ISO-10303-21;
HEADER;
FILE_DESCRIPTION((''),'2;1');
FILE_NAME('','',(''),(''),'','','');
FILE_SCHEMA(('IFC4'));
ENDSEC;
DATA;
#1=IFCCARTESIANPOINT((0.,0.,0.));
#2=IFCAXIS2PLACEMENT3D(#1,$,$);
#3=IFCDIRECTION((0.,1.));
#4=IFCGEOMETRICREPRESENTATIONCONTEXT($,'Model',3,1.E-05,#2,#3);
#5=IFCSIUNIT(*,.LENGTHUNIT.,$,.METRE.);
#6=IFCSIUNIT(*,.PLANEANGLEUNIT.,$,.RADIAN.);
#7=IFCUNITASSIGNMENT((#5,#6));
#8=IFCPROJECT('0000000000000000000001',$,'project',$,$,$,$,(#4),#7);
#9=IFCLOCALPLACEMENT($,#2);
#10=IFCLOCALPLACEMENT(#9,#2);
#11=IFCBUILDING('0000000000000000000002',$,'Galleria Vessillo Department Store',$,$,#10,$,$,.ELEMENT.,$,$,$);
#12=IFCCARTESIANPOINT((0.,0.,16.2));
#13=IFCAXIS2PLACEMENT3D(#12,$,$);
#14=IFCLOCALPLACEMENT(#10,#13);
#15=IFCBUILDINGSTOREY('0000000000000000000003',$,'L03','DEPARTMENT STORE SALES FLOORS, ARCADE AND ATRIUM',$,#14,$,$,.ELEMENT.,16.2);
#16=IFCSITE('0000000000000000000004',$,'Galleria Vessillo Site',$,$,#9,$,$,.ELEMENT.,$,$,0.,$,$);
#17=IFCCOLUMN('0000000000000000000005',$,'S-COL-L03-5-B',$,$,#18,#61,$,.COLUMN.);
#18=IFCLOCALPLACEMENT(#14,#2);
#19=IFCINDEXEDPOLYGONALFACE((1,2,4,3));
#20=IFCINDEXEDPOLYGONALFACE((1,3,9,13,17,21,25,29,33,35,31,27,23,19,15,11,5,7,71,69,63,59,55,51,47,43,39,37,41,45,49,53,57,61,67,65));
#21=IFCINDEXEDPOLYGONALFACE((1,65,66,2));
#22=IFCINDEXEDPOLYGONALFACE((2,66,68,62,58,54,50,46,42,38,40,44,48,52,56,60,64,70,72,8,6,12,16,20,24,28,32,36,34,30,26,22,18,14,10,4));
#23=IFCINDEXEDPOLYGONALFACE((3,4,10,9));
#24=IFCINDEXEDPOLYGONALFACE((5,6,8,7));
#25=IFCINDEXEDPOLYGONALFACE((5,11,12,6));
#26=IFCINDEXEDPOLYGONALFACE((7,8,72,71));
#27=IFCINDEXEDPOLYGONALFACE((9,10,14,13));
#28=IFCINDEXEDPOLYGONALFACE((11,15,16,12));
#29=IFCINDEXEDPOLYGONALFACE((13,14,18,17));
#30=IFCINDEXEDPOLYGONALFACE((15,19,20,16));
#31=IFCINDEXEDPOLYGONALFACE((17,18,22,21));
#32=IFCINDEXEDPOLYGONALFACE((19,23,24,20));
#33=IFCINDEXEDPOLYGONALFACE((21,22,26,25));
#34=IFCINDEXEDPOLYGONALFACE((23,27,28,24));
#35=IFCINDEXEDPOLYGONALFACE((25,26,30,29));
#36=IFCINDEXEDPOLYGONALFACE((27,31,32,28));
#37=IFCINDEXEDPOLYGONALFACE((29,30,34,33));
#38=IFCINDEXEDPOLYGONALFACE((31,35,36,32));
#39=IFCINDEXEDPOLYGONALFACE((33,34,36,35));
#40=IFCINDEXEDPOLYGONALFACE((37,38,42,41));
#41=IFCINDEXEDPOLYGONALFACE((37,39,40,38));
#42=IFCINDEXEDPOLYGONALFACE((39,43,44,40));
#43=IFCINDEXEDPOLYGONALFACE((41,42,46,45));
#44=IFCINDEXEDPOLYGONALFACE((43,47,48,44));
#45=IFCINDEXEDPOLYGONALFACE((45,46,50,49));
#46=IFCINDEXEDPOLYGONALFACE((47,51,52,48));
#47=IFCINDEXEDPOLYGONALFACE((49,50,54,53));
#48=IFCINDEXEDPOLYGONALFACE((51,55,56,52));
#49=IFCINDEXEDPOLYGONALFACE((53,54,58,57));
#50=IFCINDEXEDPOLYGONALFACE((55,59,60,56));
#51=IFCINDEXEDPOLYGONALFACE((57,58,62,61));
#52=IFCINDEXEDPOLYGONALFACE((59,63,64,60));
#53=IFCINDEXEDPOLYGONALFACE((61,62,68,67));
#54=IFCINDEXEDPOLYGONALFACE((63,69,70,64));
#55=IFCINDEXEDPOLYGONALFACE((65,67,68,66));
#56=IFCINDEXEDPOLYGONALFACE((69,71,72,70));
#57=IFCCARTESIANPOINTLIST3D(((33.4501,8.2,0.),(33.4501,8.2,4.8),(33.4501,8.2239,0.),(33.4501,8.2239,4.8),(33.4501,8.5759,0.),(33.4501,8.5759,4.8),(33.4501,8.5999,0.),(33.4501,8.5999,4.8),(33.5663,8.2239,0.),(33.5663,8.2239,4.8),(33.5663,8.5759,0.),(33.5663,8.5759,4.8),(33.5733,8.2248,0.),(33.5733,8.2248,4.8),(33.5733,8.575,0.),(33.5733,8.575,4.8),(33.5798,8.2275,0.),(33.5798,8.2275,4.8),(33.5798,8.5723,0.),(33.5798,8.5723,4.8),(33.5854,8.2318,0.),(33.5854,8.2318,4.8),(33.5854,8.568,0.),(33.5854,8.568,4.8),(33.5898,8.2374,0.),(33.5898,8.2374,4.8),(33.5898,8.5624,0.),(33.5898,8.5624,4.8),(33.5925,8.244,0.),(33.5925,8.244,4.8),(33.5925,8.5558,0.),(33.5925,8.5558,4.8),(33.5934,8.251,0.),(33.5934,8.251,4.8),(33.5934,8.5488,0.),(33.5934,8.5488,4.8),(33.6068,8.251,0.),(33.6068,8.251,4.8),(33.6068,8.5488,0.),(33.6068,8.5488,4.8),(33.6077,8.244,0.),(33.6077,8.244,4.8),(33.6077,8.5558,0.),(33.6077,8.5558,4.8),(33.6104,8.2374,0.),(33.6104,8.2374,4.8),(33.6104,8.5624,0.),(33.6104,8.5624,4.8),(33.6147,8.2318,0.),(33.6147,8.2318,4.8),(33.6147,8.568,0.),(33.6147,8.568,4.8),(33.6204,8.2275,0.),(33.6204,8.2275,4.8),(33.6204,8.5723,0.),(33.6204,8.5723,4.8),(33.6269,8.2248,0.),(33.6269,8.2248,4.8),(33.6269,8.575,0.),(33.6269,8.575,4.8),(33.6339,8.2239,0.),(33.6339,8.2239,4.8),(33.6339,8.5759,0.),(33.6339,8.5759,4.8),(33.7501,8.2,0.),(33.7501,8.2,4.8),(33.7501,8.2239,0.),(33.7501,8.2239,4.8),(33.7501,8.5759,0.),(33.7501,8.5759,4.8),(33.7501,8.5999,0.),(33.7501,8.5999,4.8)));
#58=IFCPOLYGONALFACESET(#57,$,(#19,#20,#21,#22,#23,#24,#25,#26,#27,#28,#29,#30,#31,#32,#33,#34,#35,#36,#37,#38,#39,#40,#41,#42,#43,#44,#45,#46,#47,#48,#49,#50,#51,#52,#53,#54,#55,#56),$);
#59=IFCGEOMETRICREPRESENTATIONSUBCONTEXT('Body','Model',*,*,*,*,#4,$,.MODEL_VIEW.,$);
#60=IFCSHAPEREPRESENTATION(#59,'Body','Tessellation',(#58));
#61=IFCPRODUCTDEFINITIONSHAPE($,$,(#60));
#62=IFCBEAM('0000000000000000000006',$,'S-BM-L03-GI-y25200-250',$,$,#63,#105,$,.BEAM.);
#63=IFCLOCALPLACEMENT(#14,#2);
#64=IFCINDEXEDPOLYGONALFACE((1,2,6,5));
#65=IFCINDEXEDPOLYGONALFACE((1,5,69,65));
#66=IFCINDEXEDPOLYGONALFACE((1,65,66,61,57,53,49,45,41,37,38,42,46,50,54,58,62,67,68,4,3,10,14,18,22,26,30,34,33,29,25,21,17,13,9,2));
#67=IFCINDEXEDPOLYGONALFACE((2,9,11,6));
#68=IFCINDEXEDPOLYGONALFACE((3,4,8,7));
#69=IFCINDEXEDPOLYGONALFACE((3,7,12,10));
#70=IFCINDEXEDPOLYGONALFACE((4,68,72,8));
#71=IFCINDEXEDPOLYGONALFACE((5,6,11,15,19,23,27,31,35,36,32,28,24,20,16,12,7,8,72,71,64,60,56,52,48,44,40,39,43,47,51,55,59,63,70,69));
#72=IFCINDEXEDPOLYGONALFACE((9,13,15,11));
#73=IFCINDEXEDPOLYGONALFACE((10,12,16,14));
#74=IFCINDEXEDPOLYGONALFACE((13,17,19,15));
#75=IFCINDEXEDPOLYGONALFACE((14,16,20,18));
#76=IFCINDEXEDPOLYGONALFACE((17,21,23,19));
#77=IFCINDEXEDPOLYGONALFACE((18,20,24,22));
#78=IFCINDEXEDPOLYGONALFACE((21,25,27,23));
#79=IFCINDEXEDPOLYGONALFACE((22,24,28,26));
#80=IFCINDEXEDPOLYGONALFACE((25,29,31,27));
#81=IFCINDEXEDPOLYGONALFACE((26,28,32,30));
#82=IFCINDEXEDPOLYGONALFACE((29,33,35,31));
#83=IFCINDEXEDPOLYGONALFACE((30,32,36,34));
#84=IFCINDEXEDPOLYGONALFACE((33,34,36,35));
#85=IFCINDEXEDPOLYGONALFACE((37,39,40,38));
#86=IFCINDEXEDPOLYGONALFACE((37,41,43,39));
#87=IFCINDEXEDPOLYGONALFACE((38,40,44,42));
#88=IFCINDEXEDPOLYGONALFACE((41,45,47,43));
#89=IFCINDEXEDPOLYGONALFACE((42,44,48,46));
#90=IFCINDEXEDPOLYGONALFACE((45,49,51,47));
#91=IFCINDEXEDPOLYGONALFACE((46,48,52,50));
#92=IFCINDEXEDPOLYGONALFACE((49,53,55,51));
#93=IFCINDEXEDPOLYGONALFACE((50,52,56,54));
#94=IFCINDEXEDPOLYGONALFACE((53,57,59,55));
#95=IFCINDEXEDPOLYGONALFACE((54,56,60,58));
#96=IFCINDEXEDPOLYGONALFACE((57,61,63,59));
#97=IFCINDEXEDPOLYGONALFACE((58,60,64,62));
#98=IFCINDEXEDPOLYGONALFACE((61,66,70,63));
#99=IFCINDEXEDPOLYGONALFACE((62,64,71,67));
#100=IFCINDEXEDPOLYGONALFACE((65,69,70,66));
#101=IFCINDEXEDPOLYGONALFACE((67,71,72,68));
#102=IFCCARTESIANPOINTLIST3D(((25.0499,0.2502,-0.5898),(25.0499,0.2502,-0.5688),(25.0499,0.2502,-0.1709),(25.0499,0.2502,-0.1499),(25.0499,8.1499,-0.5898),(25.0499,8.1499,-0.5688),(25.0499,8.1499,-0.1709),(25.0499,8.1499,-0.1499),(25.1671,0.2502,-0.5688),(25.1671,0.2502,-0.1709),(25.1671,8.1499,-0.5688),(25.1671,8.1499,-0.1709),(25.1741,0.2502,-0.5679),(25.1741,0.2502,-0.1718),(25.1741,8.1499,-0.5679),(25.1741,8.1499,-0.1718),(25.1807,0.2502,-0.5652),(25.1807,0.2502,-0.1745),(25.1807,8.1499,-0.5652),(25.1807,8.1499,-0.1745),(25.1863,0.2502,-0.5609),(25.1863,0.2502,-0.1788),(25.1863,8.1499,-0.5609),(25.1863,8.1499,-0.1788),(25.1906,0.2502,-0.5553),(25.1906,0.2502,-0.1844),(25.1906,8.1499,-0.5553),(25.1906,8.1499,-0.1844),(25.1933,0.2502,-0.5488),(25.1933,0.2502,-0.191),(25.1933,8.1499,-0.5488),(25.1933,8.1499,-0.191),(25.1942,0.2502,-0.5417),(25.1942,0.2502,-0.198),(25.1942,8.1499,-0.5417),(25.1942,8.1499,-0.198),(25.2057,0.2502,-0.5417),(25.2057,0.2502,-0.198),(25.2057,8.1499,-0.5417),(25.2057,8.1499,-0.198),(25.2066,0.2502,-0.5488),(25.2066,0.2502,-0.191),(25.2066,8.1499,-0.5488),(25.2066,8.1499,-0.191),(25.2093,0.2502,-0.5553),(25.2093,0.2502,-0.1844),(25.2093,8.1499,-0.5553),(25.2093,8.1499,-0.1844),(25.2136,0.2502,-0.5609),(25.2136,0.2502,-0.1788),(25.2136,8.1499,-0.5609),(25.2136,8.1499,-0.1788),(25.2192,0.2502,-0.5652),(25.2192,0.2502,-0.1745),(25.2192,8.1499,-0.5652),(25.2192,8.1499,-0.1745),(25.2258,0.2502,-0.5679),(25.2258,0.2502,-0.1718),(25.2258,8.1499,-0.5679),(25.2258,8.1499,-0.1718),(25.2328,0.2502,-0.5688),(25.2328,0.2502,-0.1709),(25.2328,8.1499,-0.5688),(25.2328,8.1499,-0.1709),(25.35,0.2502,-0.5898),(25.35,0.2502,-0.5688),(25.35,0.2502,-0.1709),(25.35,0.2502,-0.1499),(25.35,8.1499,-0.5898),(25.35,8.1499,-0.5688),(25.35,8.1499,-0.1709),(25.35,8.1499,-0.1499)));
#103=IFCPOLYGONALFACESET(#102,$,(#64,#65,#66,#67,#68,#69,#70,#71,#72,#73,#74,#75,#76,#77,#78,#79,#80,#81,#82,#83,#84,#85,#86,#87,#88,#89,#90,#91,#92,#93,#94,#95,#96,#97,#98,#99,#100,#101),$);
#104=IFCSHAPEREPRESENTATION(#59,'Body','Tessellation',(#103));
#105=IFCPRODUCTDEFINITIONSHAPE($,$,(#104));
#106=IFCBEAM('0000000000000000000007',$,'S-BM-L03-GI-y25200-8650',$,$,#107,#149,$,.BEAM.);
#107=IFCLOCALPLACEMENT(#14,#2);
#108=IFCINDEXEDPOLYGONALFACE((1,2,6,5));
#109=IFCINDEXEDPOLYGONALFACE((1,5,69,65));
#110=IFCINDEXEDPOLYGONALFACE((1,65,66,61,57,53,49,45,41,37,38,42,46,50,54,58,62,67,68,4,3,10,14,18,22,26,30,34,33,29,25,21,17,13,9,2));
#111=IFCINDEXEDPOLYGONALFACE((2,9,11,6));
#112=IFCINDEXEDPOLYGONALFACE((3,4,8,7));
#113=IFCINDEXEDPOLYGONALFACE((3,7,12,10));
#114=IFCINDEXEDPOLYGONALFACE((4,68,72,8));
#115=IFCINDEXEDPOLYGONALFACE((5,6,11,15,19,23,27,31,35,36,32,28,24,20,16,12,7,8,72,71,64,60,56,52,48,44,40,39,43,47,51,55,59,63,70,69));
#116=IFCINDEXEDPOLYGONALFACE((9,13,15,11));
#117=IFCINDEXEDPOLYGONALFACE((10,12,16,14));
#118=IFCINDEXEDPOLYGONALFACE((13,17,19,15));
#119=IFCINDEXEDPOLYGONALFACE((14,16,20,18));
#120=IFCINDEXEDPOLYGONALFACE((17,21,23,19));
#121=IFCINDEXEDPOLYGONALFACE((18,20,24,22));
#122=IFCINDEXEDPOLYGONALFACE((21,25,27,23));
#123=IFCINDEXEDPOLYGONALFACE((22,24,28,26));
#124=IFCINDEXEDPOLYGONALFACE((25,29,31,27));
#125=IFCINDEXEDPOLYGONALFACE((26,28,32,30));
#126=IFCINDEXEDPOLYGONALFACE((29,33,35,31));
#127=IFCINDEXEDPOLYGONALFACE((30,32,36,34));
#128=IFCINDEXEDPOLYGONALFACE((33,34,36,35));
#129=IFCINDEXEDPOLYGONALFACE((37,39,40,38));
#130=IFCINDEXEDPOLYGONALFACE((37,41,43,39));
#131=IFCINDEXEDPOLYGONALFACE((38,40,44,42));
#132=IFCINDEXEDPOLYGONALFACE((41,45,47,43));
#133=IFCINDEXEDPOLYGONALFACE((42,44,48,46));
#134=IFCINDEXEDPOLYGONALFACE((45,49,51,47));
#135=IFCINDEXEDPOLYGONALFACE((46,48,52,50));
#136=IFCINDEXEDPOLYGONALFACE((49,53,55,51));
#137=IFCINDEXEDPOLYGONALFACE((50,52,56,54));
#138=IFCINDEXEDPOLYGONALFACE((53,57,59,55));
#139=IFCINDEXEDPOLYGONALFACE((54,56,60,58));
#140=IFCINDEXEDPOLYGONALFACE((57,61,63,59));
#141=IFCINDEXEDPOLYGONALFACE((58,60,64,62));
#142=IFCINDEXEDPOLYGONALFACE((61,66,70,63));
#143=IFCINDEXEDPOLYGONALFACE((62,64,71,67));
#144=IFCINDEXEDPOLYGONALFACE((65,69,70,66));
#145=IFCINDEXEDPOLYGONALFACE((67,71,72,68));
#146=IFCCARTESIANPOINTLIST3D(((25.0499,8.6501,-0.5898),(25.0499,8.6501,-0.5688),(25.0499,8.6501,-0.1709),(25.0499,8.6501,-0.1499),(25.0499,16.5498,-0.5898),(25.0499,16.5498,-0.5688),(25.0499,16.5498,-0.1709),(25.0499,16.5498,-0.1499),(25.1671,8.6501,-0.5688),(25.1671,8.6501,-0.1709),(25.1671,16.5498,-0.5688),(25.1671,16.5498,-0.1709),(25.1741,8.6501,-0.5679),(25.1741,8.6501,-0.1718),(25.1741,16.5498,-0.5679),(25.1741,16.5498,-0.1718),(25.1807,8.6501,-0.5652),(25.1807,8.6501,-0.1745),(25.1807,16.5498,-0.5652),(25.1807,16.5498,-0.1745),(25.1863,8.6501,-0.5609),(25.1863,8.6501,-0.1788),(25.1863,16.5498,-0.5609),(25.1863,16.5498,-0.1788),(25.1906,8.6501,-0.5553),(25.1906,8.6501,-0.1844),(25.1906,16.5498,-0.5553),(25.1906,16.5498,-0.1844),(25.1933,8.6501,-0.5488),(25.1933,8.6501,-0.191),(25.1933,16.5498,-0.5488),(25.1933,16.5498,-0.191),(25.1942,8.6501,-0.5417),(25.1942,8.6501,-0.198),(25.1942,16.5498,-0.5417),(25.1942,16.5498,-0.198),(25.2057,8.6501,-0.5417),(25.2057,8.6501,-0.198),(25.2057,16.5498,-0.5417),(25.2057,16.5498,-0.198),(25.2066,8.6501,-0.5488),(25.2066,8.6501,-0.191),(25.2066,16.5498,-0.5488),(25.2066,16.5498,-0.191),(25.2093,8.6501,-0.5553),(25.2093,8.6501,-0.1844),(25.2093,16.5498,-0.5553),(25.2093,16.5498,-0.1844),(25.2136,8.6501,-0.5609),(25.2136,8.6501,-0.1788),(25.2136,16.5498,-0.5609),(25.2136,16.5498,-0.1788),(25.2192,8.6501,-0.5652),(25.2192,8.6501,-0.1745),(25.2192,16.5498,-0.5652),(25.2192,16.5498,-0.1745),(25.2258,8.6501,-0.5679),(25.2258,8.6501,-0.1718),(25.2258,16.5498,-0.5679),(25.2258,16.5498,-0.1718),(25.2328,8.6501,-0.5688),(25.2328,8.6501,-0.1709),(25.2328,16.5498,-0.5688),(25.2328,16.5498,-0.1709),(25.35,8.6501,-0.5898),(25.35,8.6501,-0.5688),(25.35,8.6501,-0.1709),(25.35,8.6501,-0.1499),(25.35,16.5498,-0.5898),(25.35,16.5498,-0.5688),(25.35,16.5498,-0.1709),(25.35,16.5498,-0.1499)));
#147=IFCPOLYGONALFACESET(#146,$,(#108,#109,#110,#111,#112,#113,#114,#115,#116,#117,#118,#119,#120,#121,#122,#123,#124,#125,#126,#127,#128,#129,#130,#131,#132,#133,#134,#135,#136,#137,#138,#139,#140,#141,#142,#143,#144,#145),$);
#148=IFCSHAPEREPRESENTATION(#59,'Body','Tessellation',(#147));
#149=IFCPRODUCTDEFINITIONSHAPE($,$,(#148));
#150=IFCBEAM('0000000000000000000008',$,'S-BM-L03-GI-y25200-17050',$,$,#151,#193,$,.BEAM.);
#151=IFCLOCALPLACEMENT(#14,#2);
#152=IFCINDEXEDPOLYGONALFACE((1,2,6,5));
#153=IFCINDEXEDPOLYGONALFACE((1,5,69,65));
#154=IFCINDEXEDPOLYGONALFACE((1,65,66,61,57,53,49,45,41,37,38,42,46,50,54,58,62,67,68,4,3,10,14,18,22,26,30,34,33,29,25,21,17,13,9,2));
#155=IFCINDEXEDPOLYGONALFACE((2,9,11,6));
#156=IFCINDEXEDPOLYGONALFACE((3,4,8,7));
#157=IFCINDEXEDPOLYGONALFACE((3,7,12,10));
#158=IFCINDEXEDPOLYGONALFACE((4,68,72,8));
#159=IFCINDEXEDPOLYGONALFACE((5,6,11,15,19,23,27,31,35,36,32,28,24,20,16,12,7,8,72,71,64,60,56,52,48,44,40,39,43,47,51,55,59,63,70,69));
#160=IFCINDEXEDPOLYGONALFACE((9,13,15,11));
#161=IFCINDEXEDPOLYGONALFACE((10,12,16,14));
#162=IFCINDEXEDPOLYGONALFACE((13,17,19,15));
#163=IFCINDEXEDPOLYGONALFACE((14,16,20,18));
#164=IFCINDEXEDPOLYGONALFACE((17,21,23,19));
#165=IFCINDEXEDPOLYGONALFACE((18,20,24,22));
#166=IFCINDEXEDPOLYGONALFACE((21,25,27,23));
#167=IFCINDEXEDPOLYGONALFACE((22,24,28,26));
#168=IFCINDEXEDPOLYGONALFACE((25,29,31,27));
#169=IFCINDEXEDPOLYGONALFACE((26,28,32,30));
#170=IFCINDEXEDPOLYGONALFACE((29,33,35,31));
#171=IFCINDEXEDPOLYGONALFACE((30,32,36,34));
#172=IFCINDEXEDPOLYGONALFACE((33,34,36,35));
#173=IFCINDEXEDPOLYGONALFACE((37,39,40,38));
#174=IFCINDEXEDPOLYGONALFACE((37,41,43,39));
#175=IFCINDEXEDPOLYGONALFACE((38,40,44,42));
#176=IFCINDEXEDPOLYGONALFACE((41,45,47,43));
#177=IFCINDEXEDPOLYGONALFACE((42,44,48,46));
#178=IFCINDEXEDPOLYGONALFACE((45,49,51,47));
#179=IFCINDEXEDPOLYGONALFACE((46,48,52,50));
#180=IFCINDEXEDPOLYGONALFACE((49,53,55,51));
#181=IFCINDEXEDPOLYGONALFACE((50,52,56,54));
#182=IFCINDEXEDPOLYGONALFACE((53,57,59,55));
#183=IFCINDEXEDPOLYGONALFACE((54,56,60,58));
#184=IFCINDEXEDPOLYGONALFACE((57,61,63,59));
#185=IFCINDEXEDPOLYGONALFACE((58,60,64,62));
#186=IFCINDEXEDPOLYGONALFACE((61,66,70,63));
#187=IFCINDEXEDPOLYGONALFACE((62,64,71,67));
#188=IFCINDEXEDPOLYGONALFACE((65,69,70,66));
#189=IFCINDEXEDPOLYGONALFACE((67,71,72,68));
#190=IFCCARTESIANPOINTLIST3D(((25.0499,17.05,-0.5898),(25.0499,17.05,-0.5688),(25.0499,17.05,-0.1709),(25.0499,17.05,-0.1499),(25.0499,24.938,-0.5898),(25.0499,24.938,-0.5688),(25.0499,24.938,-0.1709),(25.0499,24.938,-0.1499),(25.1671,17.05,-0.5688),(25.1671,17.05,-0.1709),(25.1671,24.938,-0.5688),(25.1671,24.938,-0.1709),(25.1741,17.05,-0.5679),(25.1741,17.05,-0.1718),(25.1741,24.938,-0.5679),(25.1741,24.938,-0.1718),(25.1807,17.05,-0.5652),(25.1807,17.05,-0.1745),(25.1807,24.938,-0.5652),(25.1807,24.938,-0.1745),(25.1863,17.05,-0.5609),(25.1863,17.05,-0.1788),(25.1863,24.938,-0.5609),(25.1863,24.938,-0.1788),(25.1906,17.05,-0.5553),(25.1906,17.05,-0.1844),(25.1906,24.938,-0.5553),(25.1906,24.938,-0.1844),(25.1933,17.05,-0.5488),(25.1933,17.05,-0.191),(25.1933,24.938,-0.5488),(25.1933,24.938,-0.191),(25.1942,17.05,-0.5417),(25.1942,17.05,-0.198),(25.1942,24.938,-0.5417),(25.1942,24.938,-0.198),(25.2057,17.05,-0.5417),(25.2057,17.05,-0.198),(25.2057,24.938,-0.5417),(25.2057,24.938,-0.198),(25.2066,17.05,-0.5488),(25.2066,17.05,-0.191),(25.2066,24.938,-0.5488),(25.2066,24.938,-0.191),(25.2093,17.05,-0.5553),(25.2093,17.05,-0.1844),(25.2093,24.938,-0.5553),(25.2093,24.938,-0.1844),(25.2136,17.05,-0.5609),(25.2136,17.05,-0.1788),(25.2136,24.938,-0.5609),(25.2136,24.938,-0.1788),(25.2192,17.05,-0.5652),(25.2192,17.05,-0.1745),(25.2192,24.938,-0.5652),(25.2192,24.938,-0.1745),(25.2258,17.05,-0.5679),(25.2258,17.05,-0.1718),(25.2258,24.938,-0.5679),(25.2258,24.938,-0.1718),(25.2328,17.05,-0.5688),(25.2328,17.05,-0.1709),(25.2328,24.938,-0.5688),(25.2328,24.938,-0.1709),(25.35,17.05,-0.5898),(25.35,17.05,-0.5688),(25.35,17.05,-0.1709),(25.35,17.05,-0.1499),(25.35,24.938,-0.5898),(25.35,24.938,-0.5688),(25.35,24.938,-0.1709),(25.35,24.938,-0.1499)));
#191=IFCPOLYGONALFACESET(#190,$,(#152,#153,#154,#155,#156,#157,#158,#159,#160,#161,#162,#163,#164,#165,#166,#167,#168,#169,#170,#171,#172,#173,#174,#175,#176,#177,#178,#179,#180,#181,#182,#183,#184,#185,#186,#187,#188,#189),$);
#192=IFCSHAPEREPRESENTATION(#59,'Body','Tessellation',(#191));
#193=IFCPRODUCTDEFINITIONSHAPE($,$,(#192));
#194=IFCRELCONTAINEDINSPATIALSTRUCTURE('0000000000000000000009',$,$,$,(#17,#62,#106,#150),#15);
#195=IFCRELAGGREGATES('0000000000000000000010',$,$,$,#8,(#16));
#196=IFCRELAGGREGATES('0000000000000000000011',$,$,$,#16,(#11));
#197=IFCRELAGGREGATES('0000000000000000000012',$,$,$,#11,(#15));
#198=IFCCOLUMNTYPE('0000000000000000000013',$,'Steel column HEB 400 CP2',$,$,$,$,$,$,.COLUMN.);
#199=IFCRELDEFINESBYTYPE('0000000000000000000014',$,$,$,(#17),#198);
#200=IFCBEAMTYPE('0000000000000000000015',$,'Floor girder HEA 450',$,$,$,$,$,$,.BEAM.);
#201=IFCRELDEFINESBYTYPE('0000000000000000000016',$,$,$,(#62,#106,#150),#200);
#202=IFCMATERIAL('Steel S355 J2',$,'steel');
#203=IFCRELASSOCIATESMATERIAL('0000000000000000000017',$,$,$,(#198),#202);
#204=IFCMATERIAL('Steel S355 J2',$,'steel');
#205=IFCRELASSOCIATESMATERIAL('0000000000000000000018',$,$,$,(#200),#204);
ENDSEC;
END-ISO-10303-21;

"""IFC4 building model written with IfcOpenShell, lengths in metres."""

from ifc_helpers import new_model, si_unit, direction, frame, origin, origin_2d, place, context, subcontext, project, spatial, i_section, extrude, material, material_profile, profile_set, type_object, element, save


model = new_model("IFC4")

# Units and contexts
model_context = context("Model", 3, precision=1e-05, world=origin(), true_north=direction((0.0, 1.0)))
body_context = subcontext(model_context, "Body", "Model", "MODEL_VIEW")
ifc_project = project(units=[si_unit("LENGTHUNIT", "METRE"), si_unit("PLANEANGLEUNIT", "RADIAN")], contexts=[model_context])

# Site, building, storey
site_placement = place(None, origin())
site = spatial("IfcSite", under=ifc_project, at=site_placement, Name="Galleria Vessillo Site", CompositionType="ELEMENT", RefElevation=0.0)
building_placement = place(site_placement, origin())
building = spatial("IfcBuilding", under=site, at=building_placement, Name="Galleria Vessillo Department Store", CompositionType="ELEMENT")
storey_placement = place(building_placement, frame((0.0, 0.0, 16.2)))
storey = spatial("IfcBuildingStorey", under=building, at=storey_placement, Name="L03", Description="DEPARTMENT STORE SALES FLOORS, ARCADE AND ATRIUM", CompositionType="ELEMENT", Elevation=16.2)

# Column
ifc_material_1 = material(Name="Steel S355 J2", Category="steel")
ifc_material_profile_1 = material_profile(ifc_material_1, i_section(OverallWidth=0.3, OverallDepth=0.3999, WebThickness=0.0134, FlangeThickness=0.0239, FilletRadius=0.0271, at=origin_2d()), Name="HEB 400")
ifc_profile_set_1 = profile_set([ifc_material_profile_1], Name="Steel S355 J2")
column_type = type_object("IfcColumnType", Name="Steel column HEB 400 CP2", PredefinedType="COLUMN", material=ifc_profile_set_1)
for number, where, z_axis, x_axis, name in (
    (1, (33.6001, 8.3999, 0.0), (0.0, 0.0, 1.0), (1.0, 0.0, 0.0), "S-COL-L03-5-B"),
):
    element("IfcColumn", number, at=place(storey_placement, frame(where, z_axis=z_axis, x_axis=x_axis)), inside=storey, type_object=column_type, Name=name, PredefinedType="COLUMN", context=body_context, shape_type="SweptSolid", body=[
        extrude(i_section(OverallWidth=0.3, OverallDepth=0.3999, WebThickness=0.0134, FlangeThickness=0.0239, FilletRadius=0.0271, at=origin_2d()), origin(), (0.0, 0.0, 1.0), 4.8),
    ])

# Beams
ifc_material_2 = material(Name="Steel S355 J2", Category="steel")
ifc_material_profile_2 = material_profile(ifc_material_2, i_section(OverallWidth=0.3, OverallDepth=0.4399, WebThickness=0.0115, FlangeThickness=0.021, FilletRadius=0.0271, at=origin_2d()), Name="HEA 450")
ifc_profile_set_2 = profile_set([ifc_material_profile_2], Name="Steel S355 J2")
beam_type_1 = type_object("IfcBeamType", Name="Floor girder HEA 450", PredefinedType="BEAM", material=ifc_profile_set_2)
for number, where, z_axis, x_axis, name in (
    (2, (25.2, 0.2502, -0.3699), (0.0, 1.0, 0.0), (-1.0, 0.0, 0.0), "S-BM-L03-GI-y25200-250"),
    (3, (25.2, 8.6501, -0.3699), (0.0, 1.0, 0.0), (-1.0, 0.0, 0.0), "S-BM-L03-GI-y25200-8650"),
):
    element("IfcBeam", number, at=place(storey_placement, frame(where, z_axis=z_axis, x_axis=x_axis)), inside=storey, type_object=beam_type_1, Name=name, PredefinedType="BEAM", context=body_context, shape_type="SweptSolid", body=[
        extrude(i_section(OverallWidth=0.3, OverallDepth=0.4399, WebThickness=0.0115, FlangeThickness=0.021, FilletRadius=0.0271, at=origin_2d()), origin(), (0.0, 0.0, 1.0), 7.8997),
    ])
beam_1_placement = place(storey_placement, frame((25.2, 17.05, -0.3699), z_axis=(0.0, 1.0, 0.0), x_axis=(-1.0, 0.0, 0.0)))
element("IfcBeam", 4, at=beam_1_placement, inside=storey, type_object=beam_type_1, Name="S-BM-L03-GI-y25200-17050", PredefinedType="BEAM", context=body_context, shape_type="SweptSolid", body=[
    extrude(i_section(OverallWidth=0.3, OverallDepth=0.4399, WebThickness=0.0115, FlangeThickness=0.021, FilletRadius=0.0271, at=origin_2d()), origin(), (0.0, 0.0, 1.0), 7.8879),
])

save(model, "model.ifc")
